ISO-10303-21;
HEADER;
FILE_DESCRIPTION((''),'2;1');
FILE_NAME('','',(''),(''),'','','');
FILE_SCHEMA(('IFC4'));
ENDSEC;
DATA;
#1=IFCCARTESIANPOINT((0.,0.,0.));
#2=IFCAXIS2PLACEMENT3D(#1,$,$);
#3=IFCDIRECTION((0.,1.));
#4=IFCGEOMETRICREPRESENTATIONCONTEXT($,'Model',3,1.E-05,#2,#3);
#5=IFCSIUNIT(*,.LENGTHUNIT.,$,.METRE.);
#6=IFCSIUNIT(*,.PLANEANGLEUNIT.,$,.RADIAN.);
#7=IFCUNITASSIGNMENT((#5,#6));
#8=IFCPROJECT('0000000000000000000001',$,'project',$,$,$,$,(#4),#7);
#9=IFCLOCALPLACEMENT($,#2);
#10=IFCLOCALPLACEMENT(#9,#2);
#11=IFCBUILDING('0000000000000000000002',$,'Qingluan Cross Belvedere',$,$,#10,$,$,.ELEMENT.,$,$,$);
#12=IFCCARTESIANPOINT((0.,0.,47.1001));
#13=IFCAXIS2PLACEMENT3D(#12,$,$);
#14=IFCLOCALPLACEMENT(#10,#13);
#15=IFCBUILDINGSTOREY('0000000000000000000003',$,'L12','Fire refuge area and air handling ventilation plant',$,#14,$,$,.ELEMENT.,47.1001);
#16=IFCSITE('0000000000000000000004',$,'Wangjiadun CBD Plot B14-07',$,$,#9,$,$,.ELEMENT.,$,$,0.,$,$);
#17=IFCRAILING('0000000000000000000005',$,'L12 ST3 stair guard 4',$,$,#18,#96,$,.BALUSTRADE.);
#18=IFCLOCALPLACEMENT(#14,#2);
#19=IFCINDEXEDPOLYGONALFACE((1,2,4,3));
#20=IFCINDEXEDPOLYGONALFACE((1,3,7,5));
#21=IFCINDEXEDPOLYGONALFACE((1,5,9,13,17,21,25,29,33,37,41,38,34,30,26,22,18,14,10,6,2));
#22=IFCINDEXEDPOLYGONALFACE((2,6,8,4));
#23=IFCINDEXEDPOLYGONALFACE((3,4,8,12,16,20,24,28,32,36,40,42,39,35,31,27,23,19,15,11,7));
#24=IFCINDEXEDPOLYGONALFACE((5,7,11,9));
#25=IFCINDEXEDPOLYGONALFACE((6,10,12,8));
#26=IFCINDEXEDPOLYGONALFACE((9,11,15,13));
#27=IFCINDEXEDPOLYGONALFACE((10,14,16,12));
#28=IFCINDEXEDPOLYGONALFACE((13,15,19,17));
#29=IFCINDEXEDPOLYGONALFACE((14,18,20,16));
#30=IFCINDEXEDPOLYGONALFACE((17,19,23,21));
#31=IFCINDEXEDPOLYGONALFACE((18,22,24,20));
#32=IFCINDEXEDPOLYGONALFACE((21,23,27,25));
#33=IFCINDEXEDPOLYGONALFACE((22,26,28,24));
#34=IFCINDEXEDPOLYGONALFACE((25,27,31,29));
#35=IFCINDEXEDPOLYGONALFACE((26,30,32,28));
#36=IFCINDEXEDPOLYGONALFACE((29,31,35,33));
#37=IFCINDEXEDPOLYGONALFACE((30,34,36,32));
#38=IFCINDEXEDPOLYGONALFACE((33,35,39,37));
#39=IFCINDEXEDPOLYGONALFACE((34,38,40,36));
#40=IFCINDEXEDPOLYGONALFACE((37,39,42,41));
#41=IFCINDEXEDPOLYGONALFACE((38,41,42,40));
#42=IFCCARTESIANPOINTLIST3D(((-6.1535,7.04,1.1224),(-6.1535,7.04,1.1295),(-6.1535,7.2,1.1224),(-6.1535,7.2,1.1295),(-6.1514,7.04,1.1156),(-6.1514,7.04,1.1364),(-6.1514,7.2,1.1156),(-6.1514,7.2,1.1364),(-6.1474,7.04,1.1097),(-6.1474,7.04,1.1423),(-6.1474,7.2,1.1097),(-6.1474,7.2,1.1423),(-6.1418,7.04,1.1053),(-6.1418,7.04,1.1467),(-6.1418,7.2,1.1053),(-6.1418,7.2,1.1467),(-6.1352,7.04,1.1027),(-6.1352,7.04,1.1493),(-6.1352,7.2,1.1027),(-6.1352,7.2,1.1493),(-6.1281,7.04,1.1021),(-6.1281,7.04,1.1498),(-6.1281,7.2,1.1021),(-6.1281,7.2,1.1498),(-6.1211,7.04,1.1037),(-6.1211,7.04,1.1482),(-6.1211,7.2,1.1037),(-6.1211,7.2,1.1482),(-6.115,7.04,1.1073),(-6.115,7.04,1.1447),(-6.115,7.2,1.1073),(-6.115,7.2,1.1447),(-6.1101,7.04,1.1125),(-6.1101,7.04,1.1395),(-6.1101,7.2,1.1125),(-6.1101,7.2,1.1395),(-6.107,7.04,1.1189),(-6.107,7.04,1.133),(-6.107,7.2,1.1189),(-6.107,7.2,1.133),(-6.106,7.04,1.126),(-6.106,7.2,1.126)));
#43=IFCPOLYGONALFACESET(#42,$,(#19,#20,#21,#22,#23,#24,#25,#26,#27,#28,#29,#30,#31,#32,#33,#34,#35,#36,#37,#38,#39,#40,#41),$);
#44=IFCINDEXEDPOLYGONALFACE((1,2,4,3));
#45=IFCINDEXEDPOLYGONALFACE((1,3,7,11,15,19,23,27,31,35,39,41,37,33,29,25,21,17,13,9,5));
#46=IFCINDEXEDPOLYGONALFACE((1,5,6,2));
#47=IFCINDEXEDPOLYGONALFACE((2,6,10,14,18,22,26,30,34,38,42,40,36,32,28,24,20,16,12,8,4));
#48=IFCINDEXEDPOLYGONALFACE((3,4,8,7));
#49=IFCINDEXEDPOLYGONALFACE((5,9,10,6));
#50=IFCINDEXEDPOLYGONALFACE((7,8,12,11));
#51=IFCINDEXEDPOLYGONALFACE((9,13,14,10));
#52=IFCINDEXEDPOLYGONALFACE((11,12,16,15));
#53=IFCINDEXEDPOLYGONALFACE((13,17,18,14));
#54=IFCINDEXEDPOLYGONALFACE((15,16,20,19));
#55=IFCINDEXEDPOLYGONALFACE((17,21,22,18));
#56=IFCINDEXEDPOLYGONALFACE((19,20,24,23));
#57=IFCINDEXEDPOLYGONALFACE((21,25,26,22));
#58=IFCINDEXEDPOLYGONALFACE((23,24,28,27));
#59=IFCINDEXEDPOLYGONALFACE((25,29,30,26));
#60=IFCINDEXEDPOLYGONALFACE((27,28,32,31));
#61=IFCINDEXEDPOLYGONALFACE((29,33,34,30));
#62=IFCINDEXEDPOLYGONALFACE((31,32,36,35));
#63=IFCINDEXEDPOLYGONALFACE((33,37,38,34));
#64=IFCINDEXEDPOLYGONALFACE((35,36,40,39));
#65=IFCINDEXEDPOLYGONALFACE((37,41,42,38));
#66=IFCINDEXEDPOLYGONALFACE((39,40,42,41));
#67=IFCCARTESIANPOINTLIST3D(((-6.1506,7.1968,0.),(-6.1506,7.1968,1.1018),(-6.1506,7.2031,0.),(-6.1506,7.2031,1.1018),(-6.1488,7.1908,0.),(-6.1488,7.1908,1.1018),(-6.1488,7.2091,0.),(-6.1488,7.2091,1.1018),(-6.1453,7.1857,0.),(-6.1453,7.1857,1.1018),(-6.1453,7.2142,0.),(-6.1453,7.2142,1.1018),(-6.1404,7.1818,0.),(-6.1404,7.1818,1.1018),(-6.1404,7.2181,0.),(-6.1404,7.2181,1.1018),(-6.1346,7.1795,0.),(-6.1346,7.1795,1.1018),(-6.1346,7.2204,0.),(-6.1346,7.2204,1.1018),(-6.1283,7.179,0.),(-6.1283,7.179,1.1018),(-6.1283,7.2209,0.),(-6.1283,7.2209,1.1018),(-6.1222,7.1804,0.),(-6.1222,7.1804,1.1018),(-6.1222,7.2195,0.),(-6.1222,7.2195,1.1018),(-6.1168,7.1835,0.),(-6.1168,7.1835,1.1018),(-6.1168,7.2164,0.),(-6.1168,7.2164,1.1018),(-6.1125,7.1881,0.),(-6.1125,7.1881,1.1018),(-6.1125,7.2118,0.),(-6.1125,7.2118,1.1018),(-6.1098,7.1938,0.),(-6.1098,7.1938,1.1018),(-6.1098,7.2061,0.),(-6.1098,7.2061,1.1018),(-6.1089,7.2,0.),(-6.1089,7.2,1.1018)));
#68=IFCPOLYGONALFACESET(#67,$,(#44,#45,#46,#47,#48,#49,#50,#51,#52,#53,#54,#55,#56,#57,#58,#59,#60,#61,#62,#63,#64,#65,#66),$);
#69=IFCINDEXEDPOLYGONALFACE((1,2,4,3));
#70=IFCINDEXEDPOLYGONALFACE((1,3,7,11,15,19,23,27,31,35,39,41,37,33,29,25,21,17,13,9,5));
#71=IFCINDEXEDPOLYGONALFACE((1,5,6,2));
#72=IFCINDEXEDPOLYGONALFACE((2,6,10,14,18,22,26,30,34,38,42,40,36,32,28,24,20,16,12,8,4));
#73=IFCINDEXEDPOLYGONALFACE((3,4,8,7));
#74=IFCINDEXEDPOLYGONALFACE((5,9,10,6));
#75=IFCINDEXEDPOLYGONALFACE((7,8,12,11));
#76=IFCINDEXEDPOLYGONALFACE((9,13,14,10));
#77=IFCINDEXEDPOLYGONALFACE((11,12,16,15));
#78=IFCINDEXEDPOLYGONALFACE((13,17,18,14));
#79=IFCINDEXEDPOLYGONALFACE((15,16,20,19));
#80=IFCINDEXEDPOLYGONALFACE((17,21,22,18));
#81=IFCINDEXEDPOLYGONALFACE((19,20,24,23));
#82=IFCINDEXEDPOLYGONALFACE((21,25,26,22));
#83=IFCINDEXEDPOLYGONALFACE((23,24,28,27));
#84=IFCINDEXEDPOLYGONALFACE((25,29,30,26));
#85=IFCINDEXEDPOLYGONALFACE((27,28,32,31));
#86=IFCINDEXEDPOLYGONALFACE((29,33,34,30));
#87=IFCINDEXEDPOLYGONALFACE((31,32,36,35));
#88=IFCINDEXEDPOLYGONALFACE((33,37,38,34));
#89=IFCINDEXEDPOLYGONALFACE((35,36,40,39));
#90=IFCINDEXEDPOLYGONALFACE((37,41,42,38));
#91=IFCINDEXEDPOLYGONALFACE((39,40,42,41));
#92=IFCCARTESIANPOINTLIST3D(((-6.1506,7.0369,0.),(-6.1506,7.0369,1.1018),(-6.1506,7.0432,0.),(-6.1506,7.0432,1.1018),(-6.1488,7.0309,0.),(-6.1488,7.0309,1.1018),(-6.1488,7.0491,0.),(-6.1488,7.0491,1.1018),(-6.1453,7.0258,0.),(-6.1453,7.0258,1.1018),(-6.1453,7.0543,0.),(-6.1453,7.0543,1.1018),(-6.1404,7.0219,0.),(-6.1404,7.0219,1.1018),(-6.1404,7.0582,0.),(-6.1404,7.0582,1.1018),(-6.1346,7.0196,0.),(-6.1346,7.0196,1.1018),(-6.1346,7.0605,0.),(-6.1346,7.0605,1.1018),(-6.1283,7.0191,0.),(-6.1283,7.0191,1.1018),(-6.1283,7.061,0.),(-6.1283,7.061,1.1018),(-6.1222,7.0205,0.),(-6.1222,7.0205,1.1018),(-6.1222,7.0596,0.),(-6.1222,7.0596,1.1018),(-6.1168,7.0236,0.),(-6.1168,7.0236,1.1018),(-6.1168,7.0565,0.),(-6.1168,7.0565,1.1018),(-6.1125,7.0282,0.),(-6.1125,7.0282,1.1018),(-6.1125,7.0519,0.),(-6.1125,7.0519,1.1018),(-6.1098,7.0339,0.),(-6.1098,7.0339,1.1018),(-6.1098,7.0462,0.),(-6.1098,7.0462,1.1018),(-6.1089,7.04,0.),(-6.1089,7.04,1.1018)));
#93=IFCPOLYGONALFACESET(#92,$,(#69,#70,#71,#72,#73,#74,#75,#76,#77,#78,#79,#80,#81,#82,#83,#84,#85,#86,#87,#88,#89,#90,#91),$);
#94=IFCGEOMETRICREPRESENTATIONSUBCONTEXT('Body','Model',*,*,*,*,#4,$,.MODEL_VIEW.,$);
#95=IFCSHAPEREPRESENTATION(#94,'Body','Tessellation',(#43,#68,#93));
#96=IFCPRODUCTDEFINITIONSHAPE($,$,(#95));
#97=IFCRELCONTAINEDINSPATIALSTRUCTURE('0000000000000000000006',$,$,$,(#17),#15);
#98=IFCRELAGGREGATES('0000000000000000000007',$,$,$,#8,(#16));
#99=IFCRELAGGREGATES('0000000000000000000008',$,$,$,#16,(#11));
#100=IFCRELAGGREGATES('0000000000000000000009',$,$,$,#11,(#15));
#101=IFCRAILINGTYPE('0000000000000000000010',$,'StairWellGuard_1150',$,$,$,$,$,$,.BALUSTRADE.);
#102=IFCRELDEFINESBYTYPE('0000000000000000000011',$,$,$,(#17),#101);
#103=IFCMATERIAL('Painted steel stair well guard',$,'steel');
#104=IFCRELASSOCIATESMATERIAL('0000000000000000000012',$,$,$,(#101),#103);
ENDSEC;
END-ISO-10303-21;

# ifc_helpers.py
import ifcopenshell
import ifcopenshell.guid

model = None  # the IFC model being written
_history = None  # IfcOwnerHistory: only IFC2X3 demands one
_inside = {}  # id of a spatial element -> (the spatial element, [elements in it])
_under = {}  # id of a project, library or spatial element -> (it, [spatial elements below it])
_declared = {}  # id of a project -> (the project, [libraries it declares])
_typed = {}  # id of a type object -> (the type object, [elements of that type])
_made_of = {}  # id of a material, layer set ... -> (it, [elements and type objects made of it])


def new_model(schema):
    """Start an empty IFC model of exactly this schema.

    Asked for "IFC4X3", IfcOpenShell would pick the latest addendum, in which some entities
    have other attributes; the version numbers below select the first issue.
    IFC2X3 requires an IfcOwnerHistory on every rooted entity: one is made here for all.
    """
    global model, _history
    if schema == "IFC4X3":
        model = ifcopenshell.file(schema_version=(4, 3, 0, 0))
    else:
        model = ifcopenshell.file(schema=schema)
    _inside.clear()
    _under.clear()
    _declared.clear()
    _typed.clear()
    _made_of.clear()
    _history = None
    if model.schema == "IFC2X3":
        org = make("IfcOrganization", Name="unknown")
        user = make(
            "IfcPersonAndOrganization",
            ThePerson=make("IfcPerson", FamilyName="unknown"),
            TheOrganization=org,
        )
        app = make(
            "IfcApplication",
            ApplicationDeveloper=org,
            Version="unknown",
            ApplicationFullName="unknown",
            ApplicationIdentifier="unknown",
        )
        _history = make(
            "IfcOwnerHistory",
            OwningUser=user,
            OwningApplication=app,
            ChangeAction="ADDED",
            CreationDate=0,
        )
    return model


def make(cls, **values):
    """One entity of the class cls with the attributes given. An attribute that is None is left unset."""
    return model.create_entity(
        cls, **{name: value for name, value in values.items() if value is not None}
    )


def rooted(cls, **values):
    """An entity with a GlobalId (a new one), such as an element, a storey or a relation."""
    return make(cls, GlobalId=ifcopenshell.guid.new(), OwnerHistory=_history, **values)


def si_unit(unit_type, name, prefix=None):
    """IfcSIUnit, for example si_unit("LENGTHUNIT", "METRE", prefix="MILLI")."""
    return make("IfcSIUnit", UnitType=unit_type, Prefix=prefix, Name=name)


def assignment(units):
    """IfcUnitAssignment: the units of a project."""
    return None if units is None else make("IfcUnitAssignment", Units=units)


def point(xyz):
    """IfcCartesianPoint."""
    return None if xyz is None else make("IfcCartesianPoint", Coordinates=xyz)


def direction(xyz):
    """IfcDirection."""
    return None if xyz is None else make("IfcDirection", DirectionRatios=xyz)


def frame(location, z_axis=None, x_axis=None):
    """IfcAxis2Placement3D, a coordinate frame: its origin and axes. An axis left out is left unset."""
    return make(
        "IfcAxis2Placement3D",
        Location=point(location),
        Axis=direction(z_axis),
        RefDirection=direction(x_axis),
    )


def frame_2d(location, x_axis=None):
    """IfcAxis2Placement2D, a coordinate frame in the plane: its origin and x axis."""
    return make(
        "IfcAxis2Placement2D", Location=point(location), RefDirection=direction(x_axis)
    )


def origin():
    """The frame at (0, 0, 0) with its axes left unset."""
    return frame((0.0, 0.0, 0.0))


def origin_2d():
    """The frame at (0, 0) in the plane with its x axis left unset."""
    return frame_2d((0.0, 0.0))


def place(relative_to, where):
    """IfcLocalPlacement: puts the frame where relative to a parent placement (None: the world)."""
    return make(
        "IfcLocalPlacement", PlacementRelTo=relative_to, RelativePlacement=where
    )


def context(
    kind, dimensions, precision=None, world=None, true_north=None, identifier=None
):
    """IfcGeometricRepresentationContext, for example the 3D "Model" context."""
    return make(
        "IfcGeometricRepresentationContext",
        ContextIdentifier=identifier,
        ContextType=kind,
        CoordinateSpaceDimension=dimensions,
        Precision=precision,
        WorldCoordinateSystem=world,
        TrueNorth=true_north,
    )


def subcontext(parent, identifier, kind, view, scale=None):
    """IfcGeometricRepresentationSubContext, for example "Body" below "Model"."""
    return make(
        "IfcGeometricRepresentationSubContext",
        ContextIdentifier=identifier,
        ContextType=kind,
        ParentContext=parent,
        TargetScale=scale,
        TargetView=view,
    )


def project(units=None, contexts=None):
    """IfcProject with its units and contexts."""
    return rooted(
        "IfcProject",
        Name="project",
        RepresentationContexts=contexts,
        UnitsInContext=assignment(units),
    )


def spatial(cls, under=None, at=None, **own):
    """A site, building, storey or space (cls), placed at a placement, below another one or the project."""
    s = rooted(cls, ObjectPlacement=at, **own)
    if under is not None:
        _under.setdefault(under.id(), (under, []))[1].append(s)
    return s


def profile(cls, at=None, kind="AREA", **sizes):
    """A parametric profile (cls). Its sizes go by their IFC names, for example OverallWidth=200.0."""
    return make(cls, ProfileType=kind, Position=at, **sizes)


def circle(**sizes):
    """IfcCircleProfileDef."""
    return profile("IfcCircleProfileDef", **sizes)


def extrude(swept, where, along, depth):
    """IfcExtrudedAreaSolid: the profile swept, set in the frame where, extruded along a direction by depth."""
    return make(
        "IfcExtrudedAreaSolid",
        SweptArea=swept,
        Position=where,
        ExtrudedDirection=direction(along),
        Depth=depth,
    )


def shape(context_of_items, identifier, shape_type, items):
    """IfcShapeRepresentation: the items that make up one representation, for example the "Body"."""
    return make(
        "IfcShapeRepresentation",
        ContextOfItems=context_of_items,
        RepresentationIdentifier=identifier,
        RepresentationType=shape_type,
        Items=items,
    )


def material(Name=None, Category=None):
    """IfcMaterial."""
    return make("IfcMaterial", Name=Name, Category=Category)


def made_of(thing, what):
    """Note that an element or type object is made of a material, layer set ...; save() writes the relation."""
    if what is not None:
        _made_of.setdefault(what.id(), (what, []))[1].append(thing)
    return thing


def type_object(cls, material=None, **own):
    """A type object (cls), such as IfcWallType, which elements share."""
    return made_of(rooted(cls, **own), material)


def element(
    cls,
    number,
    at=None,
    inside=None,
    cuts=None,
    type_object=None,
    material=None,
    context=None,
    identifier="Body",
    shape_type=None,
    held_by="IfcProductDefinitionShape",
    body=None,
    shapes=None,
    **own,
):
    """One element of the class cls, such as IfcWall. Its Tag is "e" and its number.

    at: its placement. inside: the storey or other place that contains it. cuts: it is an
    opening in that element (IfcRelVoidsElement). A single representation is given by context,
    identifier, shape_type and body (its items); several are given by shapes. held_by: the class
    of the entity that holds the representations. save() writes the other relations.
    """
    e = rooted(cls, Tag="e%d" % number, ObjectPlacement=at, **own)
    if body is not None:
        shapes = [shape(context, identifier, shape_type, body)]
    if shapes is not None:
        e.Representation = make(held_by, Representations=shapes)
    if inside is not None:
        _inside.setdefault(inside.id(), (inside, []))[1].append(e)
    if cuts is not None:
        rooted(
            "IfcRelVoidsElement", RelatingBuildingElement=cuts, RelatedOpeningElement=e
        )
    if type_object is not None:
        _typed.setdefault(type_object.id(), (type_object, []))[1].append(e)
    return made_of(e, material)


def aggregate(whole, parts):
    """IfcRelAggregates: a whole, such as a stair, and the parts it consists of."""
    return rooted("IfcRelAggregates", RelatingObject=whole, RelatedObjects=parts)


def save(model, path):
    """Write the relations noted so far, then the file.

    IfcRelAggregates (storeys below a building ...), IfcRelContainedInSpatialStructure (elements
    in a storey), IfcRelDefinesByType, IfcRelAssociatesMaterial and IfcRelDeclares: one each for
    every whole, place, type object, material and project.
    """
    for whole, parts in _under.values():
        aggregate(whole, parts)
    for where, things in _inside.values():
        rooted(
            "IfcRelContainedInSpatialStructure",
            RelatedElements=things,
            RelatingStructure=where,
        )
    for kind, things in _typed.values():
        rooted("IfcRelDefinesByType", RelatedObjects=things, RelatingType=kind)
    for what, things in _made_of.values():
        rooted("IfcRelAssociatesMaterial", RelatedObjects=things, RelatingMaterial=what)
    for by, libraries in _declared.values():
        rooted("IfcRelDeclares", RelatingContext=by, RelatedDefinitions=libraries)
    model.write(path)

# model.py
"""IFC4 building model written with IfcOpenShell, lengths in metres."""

from ifc_helpers import new_model, si_unit, direction, frame, origin, origin_2d, place, context, subcontext, project, spatial, circle, extrude, material, type_object, element, save


model = new_model("IFC4")

# Units and contexts
model_context = context("Model", 3, precision=1e-05, world=origin(), true_north=direction((0.0, 1.0)))
body_context = subcontext(model_context, "Body", "Model", "MODEL_VIEW")
ifc_project = project(units=[si_unit("LENGTHUNIT", "METRE"), si_unit("PLANEANGLEUNIT", "RADIAN")], contexts=[model_context])

# Site, building, storey
site_placement = place(None, origin())
site = spatial("IfcSite", under=ifc_project, at=site_placement, Name="Wangjiadun CBD Plot B14-07", CompositionType="ELEMENT", RefElevation=0.0)
building_placement = place(site_placement, origin())
building = spatial("IfcBuilding", under=site, at=building_placement, Name="Qingluan Cross Belvedere", CompositionType="ELEMENT")
storey_placement = place(building_placement, frame((0.0, 0.0, 47.1001)))
storey = spatial("IfcBuildingStorey", under=building, at=storey_placement, Name="L12", Description="Fire refuge area and air handling ventilation plant", CompositionType="ELEMENT", Elevation=47.1001)

# Railing
ifc_material_1 = material(Name="Painted steel stair well guard", Category="steel")
railing_type_1 = type_object("IfcRailingType", Name="StairWellGuard_1150", PredefinedType="BALUSTRADE", material=ifc_material_1)
railing_1_placement = place(storey_placement, frame((-6.1299, 7.2, 0.0)))
element("IfcRailing", 1, at=railing_1_placement, inside=storey, type_object=railing_type_1, Name="L12 ST3 stair guard 4", PredefinedType="BALUSTRADE", context=body_context, shape_type="SweptSolid", body=[
    extrude(circle(Radius=0.0239, at=origin_2d()), frame((0.0, 0.0, 1.126), z_axis=(0.0, -1.0, 0.0), x_axis=(1.0, 0.0, 0.0)), (0.0, 0.0, 1.0), 0.1599),
    extrude(circle(Radius=0.021, at=origin_2d()), origin(), (0.0, 0.0, 1.0), 1.1018),
    extrude(circle(Radius=0.021, at=origin_2d()), frame((0.0, -0.1599, 0.0)), (0.0, 0.0, 1.0), 1.1018),
])

save(model, "model.ifc")
